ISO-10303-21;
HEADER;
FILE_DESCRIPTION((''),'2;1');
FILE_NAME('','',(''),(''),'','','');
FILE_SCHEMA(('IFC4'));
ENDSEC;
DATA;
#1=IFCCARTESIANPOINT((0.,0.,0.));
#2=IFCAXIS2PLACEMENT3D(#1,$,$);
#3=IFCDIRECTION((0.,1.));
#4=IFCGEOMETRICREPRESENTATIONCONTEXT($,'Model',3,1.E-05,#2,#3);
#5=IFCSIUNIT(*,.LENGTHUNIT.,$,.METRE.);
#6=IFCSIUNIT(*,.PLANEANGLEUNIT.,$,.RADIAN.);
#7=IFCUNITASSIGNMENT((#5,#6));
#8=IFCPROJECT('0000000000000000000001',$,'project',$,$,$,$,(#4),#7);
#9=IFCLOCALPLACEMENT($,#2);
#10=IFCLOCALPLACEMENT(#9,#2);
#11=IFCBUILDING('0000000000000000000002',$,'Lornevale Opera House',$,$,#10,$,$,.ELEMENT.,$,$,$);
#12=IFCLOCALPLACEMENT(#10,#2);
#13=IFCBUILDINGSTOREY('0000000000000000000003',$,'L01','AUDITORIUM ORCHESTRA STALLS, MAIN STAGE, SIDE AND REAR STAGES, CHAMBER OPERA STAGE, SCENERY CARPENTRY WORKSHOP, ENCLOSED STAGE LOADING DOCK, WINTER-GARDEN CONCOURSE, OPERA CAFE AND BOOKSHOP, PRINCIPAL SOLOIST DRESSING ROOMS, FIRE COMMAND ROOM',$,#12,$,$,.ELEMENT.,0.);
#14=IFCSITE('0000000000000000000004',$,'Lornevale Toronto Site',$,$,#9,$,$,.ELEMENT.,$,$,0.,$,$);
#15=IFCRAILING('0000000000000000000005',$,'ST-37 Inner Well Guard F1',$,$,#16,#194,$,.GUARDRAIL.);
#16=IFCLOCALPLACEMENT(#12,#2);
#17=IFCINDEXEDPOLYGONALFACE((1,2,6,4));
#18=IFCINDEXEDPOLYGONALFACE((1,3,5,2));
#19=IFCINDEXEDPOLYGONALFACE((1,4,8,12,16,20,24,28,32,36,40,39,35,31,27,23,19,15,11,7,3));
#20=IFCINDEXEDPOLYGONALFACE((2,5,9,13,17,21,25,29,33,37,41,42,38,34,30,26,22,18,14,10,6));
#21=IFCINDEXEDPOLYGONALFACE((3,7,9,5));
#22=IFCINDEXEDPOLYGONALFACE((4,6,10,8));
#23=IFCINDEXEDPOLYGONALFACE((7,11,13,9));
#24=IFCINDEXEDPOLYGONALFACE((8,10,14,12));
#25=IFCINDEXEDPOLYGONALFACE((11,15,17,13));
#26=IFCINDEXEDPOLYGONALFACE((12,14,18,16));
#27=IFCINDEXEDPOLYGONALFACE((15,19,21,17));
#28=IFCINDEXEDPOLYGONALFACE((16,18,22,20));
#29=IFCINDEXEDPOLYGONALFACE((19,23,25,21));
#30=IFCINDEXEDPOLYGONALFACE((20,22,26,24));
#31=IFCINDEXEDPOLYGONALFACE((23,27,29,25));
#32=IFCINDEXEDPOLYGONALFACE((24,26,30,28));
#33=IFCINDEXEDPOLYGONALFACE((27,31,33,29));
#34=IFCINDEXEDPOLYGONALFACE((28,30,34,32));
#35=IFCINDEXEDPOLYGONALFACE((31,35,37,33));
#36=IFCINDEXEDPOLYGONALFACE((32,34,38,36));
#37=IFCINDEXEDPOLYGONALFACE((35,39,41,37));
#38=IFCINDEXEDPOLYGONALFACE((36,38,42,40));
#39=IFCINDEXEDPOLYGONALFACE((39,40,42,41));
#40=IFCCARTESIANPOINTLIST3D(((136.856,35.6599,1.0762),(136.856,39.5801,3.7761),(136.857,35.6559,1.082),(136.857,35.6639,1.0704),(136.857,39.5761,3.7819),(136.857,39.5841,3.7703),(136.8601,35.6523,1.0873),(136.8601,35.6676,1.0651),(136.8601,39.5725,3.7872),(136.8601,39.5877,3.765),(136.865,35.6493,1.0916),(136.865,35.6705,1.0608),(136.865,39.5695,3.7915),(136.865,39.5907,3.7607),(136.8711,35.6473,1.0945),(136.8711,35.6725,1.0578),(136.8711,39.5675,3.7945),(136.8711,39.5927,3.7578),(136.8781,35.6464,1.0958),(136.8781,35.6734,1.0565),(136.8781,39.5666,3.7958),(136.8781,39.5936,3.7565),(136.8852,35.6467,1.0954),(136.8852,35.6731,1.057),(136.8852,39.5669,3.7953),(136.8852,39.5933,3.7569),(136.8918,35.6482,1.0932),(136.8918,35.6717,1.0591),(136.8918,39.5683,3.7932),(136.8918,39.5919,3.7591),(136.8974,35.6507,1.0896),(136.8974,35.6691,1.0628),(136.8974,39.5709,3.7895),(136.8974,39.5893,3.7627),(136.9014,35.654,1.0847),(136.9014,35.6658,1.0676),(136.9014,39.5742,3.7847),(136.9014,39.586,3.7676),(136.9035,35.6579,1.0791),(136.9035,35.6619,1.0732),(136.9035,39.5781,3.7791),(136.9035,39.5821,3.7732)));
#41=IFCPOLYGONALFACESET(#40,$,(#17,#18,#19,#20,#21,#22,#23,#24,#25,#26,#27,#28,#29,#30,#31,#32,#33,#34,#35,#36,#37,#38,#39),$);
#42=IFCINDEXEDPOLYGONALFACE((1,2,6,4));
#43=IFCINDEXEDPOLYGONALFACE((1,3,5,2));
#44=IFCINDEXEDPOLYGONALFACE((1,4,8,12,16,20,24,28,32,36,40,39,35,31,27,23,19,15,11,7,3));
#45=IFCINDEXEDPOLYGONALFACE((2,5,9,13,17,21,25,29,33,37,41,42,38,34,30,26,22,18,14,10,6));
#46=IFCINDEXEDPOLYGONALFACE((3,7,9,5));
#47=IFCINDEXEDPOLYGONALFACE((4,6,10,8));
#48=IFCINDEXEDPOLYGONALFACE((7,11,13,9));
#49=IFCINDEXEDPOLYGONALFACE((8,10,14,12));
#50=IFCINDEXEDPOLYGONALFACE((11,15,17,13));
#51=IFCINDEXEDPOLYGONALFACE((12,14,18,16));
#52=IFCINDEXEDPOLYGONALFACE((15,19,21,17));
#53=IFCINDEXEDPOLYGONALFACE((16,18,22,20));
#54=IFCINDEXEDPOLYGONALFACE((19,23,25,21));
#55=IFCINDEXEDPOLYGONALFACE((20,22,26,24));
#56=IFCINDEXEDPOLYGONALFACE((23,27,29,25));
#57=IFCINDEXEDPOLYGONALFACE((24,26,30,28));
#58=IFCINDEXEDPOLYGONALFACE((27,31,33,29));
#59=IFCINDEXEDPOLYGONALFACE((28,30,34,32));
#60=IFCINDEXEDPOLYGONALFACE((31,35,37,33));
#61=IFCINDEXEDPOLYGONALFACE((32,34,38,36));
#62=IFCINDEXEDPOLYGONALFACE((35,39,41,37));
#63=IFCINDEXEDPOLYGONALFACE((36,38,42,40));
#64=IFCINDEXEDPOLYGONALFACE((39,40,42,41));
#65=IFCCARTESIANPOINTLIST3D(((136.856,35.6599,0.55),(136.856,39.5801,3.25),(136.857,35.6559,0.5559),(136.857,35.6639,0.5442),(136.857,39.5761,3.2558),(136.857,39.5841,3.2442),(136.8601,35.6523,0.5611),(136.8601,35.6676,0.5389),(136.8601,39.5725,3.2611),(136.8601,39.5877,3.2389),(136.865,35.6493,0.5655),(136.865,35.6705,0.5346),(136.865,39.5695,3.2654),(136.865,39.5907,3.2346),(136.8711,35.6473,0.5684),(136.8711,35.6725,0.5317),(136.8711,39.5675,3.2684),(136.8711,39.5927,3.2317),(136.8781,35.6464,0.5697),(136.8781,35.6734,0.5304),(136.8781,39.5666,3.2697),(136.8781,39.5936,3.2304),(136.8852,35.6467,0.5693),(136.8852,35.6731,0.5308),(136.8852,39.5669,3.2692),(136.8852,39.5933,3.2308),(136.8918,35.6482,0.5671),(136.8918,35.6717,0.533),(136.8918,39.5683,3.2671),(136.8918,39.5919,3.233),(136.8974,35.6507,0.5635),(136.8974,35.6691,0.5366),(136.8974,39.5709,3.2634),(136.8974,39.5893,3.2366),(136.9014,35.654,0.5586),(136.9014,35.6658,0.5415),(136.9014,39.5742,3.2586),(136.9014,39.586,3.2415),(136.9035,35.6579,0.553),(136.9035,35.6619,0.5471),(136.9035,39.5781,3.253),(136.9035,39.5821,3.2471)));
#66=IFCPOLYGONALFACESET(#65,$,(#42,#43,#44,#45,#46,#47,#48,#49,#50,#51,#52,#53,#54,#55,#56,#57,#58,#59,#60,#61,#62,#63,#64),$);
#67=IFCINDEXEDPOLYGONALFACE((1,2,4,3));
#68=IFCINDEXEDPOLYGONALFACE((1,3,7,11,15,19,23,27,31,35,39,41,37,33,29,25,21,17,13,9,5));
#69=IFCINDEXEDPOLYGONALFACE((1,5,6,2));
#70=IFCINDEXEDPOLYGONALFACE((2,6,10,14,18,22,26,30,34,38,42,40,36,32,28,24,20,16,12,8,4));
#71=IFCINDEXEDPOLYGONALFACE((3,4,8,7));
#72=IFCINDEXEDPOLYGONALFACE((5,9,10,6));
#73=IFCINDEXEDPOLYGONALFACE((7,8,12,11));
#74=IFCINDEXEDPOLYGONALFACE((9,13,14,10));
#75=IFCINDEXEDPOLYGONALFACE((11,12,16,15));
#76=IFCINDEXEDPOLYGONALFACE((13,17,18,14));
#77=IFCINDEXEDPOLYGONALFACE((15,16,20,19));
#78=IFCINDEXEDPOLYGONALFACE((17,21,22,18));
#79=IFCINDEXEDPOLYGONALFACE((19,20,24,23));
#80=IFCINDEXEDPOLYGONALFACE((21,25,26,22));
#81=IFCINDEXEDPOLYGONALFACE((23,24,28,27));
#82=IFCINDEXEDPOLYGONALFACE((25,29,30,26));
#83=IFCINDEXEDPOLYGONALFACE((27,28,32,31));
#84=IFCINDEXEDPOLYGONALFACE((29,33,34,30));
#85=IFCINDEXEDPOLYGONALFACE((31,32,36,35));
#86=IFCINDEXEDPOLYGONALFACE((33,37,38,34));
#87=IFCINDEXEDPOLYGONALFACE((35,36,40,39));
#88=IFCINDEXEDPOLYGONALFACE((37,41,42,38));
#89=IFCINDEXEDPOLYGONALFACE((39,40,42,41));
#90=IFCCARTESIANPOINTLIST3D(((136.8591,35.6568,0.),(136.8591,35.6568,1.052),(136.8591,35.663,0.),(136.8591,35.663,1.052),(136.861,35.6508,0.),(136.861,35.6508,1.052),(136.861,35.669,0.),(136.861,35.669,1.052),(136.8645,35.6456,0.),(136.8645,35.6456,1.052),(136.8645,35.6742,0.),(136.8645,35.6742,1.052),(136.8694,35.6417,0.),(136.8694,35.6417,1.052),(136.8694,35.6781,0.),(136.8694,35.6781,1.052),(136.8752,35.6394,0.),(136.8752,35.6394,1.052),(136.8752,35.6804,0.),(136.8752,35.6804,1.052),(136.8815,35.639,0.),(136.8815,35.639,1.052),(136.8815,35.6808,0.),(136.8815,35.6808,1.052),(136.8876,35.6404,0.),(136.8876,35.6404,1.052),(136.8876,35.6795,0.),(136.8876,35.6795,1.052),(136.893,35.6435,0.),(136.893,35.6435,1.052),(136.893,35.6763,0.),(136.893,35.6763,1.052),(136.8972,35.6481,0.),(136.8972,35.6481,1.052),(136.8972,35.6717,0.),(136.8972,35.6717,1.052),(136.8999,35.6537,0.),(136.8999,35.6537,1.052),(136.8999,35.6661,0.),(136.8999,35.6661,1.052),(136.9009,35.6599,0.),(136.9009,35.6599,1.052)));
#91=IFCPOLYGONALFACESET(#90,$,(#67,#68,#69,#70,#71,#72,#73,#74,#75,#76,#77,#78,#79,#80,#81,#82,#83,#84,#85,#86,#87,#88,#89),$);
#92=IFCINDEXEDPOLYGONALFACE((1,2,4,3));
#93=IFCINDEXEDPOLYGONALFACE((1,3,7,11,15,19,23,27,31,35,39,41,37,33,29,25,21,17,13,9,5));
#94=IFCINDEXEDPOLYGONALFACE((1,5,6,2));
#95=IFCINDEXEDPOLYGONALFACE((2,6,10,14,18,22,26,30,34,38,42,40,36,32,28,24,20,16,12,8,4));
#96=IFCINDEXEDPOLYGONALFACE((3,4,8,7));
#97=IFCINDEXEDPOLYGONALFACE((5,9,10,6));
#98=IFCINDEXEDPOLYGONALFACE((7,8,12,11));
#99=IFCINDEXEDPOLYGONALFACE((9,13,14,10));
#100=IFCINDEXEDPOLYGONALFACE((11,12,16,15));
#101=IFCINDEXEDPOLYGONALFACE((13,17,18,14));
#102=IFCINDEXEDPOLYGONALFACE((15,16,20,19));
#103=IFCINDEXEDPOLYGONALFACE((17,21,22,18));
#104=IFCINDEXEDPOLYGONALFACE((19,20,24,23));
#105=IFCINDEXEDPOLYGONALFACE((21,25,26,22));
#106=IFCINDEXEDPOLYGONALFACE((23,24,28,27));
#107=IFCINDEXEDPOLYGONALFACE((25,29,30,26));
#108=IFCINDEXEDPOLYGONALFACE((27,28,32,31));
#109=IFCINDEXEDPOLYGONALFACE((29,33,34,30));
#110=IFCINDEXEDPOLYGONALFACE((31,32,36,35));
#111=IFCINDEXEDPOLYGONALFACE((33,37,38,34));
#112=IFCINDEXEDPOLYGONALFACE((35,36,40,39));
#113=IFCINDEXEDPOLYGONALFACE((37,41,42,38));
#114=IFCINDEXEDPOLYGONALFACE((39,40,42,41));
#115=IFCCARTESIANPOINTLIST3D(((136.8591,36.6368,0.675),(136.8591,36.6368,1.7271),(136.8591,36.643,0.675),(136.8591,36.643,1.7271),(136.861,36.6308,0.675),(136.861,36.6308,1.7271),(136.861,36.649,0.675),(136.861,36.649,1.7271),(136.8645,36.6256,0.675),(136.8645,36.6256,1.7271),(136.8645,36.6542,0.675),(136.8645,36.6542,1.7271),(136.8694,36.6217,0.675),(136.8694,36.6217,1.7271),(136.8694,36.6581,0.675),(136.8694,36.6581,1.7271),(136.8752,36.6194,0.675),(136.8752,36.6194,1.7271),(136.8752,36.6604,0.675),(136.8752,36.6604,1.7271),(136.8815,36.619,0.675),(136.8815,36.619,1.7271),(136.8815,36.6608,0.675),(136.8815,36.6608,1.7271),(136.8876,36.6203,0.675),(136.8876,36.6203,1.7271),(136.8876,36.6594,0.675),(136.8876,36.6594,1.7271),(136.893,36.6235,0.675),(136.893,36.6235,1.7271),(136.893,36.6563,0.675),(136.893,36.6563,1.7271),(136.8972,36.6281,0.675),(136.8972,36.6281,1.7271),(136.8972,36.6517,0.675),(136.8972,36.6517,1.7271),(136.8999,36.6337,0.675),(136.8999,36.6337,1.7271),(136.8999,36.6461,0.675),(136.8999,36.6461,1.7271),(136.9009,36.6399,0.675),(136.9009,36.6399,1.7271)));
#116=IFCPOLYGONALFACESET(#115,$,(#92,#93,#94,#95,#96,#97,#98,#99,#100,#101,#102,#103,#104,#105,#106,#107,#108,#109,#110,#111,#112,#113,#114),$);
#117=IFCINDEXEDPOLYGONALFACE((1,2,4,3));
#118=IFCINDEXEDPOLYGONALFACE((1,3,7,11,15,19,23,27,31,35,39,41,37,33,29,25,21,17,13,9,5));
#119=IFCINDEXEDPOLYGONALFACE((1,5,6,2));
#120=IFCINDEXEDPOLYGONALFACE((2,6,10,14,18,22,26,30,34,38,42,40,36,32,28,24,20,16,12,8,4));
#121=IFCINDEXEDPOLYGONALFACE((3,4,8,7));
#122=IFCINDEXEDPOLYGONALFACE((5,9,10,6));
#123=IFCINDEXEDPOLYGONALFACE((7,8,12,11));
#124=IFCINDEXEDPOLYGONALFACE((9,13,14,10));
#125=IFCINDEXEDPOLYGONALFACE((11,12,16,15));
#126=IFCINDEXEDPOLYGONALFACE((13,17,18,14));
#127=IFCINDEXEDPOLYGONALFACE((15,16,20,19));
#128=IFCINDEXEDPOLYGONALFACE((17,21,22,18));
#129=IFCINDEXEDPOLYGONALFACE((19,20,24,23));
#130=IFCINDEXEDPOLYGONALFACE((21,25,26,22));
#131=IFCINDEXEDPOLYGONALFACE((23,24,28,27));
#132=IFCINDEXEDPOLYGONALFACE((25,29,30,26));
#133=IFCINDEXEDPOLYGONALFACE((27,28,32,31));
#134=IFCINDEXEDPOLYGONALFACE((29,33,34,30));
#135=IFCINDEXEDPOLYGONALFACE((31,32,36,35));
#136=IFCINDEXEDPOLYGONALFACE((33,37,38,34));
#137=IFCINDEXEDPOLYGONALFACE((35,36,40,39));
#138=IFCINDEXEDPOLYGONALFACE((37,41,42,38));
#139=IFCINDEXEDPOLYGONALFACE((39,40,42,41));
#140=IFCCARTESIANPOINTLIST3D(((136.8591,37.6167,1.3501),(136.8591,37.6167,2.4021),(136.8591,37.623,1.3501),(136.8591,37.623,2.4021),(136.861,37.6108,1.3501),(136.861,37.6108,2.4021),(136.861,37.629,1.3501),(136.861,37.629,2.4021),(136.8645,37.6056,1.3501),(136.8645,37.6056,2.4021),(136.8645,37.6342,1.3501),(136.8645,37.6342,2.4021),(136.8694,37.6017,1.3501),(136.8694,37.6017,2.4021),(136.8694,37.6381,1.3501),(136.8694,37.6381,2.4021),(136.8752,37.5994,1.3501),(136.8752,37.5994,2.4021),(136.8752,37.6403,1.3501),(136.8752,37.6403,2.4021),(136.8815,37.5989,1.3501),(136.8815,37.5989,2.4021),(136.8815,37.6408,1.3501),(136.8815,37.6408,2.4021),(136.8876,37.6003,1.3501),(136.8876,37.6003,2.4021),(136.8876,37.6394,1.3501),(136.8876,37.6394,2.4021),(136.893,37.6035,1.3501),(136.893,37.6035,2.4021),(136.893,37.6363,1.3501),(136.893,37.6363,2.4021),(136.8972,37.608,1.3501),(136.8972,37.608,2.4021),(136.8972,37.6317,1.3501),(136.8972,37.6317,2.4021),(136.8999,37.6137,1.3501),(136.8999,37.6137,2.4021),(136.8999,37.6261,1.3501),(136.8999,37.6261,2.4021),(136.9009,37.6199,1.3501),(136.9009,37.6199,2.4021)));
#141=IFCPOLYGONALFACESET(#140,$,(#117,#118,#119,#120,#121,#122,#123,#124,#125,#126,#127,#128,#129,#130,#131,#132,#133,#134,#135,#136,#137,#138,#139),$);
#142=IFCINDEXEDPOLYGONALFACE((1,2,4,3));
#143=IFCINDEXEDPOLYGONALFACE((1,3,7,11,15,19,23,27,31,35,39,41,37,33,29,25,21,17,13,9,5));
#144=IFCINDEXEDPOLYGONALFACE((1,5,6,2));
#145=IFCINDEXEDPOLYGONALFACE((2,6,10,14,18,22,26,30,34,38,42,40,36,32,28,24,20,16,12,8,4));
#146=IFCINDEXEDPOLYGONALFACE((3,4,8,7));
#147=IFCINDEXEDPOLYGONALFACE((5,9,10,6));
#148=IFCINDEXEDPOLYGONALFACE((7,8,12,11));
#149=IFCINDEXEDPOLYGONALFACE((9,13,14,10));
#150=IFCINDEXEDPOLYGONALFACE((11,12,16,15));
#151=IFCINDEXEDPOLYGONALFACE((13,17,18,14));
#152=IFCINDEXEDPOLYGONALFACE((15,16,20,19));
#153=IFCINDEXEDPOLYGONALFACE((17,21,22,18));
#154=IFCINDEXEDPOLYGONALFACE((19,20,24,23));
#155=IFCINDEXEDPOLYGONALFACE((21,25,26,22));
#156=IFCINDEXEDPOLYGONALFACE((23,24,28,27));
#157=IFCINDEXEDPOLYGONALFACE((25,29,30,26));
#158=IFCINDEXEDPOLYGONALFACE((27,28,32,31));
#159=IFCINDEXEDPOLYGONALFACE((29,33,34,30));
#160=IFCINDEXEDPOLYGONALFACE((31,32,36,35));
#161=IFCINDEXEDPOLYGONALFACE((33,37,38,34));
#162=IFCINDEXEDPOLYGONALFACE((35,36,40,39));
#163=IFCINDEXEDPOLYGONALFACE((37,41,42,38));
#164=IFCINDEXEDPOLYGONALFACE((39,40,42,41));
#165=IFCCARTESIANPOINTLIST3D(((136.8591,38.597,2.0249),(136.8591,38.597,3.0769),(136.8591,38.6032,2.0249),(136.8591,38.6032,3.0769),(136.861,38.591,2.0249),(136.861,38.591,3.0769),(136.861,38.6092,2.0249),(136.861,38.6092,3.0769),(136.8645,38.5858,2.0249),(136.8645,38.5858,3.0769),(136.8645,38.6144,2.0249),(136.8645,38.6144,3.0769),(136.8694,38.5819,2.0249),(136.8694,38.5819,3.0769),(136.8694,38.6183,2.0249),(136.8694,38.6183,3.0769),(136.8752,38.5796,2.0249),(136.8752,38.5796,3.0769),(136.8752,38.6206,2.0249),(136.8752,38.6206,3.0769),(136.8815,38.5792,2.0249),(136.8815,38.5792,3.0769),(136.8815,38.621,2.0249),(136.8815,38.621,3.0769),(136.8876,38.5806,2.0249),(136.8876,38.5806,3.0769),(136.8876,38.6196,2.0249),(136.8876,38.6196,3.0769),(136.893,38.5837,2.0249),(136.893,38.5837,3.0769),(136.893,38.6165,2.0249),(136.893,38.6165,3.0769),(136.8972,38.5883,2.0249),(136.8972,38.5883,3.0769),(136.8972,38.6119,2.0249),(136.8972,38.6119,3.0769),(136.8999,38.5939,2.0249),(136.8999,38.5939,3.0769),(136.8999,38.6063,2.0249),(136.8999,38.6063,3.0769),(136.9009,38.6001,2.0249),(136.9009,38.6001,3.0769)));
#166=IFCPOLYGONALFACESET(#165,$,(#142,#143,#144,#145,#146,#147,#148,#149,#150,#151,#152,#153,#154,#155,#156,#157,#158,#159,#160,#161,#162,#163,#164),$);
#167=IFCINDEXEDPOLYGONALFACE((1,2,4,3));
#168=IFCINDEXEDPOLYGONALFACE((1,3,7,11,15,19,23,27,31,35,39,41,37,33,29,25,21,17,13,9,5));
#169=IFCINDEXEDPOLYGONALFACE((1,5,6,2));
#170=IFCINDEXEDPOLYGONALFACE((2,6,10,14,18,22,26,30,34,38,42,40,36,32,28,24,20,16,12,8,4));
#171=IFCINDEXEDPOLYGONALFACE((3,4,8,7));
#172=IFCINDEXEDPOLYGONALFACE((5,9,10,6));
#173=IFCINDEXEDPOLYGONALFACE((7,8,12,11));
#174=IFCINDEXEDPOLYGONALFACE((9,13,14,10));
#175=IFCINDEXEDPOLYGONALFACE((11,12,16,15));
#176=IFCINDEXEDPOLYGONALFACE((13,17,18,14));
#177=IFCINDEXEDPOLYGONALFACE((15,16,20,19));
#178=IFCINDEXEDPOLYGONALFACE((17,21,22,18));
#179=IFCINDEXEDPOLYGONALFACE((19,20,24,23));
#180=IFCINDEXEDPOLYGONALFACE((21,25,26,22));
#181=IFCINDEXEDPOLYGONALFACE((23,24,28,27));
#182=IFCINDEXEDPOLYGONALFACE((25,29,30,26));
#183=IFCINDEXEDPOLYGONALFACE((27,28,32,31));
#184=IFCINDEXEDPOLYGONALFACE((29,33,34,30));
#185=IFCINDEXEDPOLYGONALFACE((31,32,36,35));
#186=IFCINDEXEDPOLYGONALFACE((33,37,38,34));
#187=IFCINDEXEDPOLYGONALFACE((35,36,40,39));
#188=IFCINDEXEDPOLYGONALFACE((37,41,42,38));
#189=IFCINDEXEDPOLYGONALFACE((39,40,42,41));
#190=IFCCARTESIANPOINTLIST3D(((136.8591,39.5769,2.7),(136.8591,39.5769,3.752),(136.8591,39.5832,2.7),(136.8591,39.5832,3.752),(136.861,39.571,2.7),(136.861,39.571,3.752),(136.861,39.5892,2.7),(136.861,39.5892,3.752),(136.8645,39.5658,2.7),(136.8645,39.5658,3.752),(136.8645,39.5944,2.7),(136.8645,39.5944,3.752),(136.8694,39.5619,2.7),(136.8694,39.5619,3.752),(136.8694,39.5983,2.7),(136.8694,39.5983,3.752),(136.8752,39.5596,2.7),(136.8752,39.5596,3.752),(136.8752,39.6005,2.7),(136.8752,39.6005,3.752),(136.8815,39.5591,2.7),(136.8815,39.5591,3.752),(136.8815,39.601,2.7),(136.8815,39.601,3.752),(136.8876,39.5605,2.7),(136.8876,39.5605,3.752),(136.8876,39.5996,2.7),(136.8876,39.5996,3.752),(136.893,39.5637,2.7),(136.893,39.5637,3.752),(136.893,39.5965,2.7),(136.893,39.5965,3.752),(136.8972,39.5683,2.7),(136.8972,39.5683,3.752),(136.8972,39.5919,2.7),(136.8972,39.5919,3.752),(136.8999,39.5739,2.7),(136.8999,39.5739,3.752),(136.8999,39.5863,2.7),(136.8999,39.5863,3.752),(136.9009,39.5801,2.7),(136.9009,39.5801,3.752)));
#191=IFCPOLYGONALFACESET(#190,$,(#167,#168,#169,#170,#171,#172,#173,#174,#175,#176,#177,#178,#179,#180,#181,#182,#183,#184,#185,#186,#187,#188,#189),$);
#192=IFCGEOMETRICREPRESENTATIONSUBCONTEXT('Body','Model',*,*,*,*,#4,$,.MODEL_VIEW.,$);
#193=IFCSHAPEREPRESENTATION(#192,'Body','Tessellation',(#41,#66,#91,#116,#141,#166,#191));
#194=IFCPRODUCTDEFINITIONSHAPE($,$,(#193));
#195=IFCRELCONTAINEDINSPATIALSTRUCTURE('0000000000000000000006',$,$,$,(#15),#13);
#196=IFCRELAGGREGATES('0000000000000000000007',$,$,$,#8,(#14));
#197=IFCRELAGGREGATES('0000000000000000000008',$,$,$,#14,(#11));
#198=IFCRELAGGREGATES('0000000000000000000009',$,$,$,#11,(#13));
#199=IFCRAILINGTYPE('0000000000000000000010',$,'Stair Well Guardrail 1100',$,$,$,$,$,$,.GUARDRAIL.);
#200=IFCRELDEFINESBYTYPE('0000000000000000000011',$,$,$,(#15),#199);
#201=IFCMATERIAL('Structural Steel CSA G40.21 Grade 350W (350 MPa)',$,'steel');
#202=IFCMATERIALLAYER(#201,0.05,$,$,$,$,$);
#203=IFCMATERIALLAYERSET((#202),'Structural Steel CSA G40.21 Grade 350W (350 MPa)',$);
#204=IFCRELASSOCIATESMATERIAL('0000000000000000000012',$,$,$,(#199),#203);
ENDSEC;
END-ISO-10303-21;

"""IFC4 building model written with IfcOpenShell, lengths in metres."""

from ifc_helpers import new_model, si_unit, direction, frame, origin, origin_2d, place, context, subcontext, project, spatial, circle, extrude, material, layer, layer_set, type_object, element, save


model = new_model("IFC4")

# Units and contexts
model_context = context("Model", 3, precision=1e-05, world=origin(), true_north=direction((0.0, 1.0)))
body_context = subcontext(model_context, "Body", "Model", "MODEL_VIEW")
ifc_project = project(units=[si_unit("LENGTHUNIT", "METRE"), si_unit("PLANEANGLEUNIT", "RADIAN")], contexts=[model_context])

# Site, building, storey
site_placement = place(None, origin())
site = spatial("IfcSite", under=ifc_project, at=site_placement, Name="Lornevale Toronto Site", CompositionType="ELEMENT", RefElevation=0.0)
building_placement = place(site_placement, origin())
building = spatial("IfcBuilding", under=site, at=building_placement, Name="Lornevale Opera House", CompositionType="ELEMENT")
storey_placement = place(building_placement, origin())
storey = spatial("IfcBuildingStorey", under=building, at=storey_placement, Name="L01", Description="AUDITORIUM ORCHESTRA STALLS, MAIN STAGE, SIDE AND REAR STAGES, CHAMBER OPERA STAGE, SCENERY CARPENTRY WORKSHOP, ENCLOSED STAGE LOADING DOCK, WINTER-GARDEN CONCOURSE, OPERA CAFE AND BOOKSHOP, PRINCIPAL SOLOIST DRESSING ROOMS, FIRE COMMAND ROOM", CompositionType="ELEMENT", Elevation=0.0)

# Railing
ifc_material_1 = material(Name="Structural Steel CSA G40.21 Grade 350W (350 MPa)", Category="steel")
ifc_layer_1 = layer(ifc_material_1, 0.05)
ifc_layer_set_1 = layer_set([ifc_layer_1], Name="Structural Steel CSA G40.21 Grade 350W (350 MPa)")
railing_type_1 = type_object("IfcRailingType", Name="Stair Well Guardrail 1100", PredefinedType="GUARDRAIL", material=ifc_layer_set_1)
railing_1_placement = place(storey_placement, frame((136.8799, 35.6599, 0.0)))
element("IfcRailing", 1, at=railing_1_placement, inside=storey, type_object=railing_type_1, Name="ST-37 Inner Well Guard F1", PredefinedType="GUARDRAIL", context=body_context, shape_type="SweptSolid", body=[
    extrude(circle(Radius=0.0239, at=origin_2d()), frame((0.0, 0.0, 1.0762), z_axis=(0.0, 0.823567, 0.567219), x_axis=(-1.0, 0.0, 0.0)), (0.0, 0.0, 1.0), 4.76),
    extrude(circle(Radius=0.0239, at=origin_2d()), frame((0.0, 0.0, 0.55), z_axis=(0.0, 0.823567, 0.567219), x_axis=(-1.0, 0.0, 0.0)), (0.0, 0.0, 1.0), 4.76),
    extrude(circle(Radius=0.021, at=origin_2d()), origin(), (0.0, 0.0, 1.0), 1.052),
    extrude(circle(Radius=0.021, at=origin_2d()), frame((0.0, 0.98, 0.675)), (0.0, 0.0, 1.0), 1.052),
    extrude(circle(Radius=0.021, at=origin_2d()), frame((0.0, 1.96, 1.3501)), (0.0, 0.0, 1.0), 1.052),
    extrude(circle(Radius=0.021, at=origin_2d()), frame((0.0, 2.9402, 2.0249)), (0.0, 0.0, 1.0), 1.052),
    extrude(circle(Radius=0.021, at=origin_2d()), frame((0.0, 3.9202, 2.7)), (0.0, 0.0, 1.0), 1.052),
])

save(model, "model.ifc")
